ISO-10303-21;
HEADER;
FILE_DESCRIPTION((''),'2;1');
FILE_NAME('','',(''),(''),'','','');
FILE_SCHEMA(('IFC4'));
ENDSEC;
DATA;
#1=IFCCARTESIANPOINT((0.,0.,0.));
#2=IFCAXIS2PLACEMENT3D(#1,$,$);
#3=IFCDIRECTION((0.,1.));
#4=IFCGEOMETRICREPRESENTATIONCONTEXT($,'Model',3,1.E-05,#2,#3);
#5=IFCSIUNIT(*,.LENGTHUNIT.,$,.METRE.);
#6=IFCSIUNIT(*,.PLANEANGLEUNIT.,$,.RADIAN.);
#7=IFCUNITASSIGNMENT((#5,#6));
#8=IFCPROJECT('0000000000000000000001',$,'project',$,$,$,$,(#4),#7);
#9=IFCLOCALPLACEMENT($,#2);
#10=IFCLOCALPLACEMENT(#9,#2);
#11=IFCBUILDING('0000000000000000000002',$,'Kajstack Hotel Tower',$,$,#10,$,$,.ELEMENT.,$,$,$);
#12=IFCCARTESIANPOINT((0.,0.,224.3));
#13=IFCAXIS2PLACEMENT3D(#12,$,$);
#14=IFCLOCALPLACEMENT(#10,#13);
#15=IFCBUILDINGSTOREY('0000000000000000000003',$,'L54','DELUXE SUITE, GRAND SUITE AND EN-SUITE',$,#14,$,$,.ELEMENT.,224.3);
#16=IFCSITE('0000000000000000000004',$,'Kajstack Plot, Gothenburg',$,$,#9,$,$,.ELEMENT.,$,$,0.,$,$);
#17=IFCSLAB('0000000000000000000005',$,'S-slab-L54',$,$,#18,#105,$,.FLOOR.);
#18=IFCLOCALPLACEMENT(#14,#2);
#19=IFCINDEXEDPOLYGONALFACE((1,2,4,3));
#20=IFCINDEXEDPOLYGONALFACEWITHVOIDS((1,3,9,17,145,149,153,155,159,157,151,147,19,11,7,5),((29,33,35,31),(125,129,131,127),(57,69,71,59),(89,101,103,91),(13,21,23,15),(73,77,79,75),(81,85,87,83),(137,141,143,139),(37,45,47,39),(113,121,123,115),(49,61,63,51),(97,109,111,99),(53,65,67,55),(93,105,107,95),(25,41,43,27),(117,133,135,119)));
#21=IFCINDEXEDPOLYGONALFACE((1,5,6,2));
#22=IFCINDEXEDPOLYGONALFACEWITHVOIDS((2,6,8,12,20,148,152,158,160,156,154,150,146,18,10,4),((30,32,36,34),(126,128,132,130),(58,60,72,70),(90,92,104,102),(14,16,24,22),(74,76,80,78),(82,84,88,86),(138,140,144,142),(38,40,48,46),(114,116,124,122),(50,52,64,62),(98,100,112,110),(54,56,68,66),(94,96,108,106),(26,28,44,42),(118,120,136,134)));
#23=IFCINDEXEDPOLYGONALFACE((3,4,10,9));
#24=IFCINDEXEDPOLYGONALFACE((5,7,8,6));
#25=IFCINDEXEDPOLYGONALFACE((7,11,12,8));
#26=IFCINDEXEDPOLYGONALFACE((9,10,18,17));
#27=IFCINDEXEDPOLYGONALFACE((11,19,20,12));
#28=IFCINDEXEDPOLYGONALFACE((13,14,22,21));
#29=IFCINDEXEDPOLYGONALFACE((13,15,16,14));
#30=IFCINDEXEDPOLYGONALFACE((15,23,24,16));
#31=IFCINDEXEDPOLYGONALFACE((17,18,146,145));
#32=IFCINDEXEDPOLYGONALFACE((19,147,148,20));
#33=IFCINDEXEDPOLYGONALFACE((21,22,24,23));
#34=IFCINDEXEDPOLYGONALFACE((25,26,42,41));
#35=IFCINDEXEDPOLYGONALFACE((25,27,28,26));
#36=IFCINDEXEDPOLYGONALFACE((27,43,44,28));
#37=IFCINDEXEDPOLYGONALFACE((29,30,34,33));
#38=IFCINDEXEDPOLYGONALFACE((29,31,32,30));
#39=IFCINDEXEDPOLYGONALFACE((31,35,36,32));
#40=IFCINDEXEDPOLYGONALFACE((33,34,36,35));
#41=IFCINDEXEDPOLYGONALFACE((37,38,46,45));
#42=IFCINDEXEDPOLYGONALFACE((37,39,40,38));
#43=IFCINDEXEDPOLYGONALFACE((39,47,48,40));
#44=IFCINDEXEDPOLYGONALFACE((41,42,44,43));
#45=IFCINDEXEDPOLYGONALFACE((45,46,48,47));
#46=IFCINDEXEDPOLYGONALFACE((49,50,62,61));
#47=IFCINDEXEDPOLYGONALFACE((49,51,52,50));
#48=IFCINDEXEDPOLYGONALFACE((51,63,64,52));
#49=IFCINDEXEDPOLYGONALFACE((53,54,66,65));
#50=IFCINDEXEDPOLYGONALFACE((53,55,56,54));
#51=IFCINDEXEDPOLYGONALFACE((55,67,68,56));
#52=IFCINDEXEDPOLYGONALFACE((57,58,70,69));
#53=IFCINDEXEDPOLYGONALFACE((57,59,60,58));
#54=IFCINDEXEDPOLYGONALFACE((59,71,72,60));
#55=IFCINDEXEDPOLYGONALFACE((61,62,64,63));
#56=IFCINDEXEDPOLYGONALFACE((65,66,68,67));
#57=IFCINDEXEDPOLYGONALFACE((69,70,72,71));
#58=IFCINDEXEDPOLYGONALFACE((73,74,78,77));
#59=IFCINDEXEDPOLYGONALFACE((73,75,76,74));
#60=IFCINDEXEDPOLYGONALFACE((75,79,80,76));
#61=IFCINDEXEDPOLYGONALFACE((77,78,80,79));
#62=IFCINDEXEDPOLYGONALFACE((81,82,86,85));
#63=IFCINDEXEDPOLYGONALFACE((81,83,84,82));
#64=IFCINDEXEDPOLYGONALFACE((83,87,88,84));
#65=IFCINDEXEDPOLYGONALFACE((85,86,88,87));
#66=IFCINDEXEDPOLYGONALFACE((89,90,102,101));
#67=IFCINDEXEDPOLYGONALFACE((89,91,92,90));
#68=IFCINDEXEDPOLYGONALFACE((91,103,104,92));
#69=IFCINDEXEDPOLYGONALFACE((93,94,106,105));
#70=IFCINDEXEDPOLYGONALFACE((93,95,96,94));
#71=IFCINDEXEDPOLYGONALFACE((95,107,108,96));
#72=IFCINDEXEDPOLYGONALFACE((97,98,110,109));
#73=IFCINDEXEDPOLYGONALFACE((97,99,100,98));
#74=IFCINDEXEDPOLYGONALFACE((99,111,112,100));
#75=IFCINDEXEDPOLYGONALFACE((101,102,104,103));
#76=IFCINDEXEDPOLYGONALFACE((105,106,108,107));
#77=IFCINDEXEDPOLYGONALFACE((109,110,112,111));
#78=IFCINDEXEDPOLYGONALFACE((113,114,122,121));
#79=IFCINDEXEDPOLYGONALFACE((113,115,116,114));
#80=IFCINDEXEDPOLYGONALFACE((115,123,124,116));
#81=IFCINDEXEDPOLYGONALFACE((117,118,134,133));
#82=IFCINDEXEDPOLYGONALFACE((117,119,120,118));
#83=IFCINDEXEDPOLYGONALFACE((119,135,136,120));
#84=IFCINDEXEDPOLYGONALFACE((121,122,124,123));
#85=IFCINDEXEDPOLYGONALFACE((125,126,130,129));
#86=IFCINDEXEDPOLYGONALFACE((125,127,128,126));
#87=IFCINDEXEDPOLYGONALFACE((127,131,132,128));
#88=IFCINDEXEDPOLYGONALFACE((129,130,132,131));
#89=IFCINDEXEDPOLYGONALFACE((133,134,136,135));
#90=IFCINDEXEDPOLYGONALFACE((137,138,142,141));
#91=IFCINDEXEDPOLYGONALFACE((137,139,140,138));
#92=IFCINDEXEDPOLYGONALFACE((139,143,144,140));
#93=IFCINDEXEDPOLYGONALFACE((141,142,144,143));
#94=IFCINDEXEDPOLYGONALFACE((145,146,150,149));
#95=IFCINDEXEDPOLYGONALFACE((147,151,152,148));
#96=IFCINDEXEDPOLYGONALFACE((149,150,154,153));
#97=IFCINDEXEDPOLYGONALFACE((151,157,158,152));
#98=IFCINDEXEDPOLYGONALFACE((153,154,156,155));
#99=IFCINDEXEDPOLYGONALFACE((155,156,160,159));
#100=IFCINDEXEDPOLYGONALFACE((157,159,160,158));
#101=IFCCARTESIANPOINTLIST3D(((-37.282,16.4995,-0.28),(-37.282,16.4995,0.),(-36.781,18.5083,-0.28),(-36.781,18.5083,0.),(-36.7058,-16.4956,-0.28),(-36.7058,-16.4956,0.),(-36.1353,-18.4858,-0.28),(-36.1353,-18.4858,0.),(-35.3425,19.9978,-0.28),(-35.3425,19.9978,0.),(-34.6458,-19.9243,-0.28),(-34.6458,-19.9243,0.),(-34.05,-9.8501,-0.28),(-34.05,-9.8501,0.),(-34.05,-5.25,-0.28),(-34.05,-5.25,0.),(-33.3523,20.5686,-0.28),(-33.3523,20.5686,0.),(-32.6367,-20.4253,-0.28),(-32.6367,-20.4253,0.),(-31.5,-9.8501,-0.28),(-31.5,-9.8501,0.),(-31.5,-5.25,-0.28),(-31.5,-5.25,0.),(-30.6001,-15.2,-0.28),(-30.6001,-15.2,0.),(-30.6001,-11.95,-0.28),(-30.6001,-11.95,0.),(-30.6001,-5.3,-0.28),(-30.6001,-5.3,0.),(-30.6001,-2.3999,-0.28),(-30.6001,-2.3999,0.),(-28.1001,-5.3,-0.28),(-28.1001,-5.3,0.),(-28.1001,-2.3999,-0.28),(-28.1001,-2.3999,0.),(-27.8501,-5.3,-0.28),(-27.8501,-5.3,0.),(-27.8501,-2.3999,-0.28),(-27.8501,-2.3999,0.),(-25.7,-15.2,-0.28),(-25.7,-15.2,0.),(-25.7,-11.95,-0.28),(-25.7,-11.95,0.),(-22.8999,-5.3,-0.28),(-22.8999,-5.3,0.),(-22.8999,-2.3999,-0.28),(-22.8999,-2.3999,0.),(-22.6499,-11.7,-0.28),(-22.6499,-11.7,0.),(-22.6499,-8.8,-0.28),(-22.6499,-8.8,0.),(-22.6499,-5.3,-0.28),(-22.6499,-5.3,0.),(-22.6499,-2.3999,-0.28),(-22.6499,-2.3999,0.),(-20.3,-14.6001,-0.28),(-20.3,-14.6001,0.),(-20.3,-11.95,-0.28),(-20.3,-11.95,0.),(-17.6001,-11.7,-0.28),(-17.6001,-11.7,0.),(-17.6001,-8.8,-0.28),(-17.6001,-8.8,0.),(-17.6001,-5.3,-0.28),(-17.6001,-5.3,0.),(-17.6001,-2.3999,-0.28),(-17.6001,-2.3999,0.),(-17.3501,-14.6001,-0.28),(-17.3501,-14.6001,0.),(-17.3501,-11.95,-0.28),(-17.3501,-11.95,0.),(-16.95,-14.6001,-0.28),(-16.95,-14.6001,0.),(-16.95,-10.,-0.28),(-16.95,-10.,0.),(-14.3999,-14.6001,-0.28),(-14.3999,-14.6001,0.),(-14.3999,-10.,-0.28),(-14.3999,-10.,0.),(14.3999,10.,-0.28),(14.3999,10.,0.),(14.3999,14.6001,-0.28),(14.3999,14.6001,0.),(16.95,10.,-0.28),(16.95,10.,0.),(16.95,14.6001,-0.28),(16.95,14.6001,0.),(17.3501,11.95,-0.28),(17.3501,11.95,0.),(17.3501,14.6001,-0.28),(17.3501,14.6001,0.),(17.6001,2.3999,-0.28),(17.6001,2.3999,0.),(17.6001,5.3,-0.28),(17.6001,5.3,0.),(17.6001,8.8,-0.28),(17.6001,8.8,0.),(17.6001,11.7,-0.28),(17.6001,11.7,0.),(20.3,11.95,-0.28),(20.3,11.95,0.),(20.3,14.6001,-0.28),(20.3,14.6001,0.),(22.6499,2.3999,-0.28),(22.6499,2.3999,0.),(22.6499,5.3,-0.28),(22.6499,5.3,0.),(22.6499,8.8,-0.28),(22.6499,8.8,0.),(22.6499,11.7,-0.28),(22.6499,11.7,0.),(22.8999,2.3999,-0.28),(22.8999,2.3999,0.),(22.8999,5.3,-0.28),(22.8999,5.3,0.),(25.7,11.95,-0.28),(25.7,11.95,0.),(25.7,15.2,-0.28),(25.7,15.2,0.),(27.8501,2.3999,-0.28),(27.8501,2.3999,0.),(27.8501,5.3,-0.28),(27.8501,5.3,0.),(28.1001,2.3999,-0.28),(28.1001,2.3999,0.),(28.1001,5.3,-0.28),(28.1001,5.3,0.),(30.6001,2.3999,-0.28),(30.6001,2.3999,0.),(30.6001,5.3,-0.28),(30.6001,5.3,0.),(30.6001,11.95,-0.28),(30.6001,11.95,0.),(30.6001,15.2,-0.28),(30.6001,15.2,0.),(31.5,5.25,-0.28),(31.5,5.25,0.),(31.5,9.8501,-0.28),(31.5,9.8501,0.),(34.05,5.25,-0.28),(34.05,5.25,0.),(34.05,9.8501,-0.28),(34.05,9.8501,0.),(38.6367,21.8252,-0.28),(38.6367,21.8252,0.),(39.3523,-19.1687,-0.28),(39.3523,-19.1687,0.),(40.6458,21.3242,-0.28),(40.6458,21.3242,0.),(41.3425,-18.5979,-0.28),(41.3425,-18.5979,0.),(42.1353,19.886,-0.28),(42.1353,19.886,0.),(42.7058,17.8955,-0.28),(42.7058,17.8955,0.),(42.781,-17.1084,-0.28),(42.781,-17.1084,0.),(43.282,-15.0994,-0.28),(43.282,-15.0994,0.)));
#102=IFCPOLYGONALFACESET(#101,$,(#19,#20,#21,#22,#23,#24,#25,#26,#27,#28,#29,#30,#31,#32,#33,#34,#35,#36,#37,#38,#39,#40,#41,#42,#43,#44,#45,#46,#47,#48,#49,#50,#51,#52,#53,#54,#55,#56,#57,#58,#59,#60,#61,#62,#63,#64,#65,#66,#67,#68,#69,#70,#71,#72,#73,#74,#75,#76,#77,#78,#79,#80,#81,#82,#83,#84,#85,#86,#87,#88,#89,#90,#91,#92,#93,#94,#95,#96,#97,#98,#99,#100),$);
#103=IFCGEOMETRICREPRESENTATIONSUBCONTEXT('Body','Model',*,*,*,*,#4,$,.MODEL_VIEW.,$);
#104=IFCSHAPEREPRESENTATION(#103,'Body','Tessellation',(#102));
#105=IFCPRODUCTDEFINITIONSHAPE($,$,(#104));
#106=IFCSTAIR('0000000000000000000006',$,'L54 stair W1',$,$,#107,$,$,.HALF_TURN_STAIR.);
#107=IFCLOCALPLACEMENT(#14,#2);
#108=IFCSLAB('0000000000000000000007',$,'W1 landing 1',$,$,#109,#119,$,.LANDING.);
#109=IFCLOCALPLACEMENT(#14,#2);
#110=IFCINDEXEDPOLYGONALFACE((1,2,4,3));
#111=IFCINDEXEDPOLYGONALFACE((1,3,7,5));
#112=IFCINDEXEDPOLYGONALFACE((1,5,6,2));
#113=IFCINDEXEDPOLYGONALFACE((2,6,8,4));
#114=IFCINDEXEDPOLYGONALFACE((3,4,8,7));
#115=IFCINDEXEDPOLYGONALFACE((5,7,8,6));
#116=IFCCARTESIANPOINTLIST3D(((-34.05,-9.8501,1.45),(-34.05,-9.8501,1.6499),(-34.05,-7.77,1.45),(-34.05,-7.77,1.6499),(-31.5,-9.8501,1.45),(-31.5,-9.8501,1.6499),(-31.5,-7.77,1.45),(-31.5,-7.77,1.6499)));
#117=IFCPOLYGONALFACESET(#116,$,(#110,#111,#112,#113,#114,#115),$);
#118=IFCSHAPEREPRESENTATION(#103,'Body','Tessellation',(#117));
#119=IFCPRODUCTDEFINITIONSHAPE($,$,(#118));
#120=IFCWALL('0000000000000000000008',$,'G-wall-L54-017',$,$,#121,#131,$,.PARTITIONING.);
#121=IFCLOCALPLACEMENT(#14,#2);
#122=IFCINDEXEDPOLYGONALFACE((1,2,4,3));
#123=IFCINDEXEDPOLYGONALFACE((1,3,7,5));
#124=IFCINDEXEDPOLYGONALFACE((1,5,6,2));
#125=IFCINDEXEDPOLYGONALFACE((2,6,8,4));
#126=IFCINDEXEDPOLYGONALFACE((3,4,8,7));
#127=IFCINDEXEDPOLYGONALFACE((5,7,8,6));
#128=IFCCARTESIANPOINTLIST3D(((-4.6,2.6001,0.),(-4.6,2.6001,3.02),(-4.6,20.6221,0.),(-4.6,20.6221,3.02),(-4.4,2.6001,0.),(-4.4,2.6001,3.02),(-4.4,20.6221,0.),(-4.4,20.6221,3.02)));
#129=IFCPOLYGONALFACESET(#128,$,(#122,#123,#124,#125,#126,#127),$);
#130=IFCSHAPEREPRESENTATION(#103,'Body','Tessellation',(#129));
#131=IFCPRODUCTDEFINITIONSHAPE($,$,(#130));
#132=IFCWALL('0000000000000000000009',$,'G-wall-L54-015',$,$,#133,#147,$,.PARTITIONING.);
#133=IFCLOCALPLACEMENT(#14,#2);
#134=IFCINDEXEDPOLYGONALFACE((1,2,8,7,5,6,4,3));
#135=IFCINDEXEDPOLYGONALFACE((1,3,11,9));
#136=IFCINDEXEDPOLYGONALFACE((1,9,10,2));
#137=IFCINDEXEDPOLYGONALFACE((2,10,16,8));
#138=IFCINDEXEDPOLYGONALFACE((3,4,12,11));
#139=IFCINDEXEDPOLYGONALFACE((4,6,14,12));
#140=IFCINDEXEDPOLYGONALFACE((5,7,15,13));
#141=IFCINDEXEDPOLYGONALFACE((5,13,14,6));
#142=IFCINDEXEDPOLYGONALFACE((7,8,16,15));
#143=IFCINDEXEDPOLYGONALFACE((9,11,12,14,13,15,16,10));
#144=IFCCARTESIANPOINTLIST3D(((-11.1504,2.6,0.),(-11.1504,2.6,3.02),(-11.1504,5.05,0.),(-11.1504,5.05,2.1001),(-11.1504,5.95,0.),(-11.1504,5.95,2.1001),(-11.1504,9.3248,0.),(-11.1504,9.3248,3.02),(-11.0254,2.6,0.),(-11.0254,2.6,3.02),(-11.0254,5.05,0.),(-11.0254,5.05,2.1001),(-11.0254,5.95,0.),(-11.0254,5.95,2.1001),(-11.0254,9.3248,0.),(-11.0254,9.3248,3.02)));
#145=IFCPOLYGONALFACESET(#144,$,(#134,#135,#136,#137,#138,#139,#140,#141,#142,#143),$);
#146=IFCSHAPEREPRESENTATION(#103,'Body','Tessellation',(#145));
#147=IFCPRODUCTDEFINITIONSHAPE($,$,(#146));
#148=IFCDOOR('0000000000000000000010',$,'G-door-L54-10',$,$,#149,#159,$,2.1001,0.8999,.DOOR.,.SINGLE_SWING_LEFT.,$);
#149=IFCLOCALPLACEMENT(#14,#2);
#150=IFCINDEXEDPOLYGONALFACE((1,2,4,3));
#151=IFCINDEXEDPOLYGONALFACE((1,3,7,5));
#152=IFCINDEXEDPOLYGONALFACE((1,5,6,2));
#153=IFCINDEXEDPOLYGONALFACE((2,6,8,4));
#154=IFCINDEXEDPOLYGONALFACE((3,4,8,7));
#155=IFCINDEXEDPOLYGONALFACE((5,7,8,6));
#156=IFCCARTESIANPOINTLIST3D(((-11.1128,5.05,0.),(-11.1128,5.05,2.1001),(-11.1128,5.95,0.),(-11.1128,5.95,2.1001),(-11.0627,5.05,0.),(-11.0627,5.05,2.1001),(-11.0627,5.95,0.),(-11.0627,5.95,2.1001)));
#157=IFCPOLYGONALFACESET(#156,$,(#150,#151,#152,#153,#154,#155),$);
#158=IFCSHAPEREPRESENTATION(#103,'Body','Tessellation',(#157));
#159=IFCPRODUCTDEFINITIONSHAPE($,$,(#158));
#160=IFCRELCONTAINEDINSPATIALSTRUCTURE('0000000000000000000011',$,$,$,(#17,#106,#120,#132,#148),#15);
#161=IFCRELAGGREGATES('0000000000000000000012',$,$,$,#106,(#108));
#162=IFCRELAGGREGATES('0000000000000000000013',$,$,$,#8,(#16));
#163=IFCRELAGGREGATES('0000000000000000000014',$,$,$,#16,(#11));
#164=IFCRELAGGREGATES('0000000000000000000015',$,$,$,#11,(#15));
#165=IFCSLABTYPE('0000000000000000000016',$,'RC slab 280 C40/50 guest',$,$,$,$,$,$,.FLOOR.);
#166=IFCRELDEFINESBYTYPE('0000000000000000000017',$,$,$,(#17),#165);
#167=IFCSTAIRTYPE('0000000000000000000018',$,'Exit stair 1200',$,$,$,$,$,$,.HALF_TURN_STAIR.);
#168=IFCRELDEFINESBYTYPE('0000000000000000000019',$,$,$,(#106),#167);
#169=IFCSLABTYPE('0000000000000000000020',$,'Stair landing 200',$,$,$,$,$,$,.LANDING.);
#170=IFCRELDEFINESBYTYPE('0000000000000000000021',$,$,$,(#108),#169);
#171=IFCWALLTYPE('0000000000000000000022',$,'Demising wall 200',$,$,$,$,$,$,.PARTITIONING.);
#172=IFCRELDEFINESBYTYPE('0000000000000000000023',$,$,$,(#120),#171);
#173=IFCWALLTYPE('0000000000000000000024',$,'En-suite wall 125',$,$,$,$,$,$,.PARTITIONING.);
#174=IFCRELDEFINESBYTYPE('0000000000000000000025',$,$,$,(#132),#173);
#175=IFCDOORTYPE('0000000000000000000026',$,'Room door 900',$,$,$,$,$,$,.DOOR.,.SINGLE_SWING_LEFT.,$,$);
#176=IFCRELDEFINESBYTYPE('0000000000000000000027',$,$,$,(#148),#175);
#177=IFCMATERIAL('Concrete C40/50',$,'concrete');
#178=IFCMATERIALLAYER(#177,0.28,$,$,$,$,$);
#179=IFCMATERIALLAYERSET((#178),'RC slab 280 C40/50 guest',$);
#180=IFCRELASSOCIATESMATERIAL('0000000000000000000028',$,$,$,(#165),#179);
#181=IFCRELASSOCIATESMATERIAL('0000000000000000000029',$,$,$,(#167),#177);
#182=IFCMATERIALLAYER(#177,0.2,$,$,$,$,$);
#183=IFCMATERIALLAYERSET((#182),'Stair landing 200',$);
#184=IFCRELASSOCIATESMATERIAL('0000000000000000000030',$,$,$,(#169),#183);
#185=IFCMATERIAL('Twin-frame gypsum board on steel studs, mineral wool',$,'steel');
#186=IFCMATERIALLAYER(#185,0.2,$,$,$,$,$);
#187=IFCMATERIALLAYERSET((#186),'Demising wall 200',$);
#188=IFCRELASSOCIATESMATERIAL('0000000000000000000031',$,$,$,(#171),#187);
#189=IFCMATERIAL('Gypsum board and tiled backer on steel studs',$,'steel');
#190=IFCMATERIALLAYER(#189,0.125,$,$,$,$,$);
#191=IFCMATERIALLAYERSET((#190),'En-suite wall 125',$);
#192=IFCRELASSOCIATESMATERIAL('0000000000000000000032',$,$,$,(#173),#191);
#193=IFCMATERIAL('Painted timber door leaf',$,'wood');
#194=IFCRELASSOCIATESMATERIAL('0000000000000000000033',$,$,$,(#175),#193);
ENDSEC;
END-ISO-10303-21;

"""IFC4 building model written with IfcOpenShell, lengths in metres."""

from ifc_helpers import new_model, si_unit, direction, frame, frame_2d, origin, place, context, subcontext, project, spatial, polyline, rectangle, outline, extrude, material, layer, layer_set, type_object, element, fill, aggregate, save


model = new_model("IFC4")

# Units and contexts
model_context = context("Model", 3, precision=1e-05, world=origin(), true_north=direction((0.0, 1.0)))
body_context = subcontext(model_context, "Body", "Model", "MODEL_VIEW")
ifc_project = project(units=[si_unit("LENGTHUNIT", "METRE"), si_unit("PLANEANGLEUNIT", "RADIAN")], contexts=[model_context])

# Site, building, storey
site_placement = place(None, origin())
site = spatial("IfcSite", under=ifc_project, at=site_placement, Name="Kajstack Plot, Gothenburg", CompositionType="ELEMENT", RefElevation=0.0)
building_placement = place(site_placement, origin())
building = spatial("IfcBuilding", under=site, at=building_placement, Name="Kajstack Hotel Tower", CompositionType="ELEMENT")
storey_placement = place(building_placement, frame((0.0, 0.0, 224.3)))
storey = spatial("IfcBuildingStorey", under=building, at=storey_placement, Name="L54", Description="DELUXE SUITE, GRAND SUITE AND EN-SUITE", CompositionType="ELEMENT", Elevation=224.3)

# Slab
ifc_material_1 = material(Name="Concrete C40/50", Category="concrete")
ifc_layer_1 = layer(ifc_material_1, 0.28)
ifc_layer_set_1 = layer_set([ifc_layer_1], Name="RC slab 280 C40/50 guest")
slab_type_1 = type_object("IfcSlabType", Name="RC slab 280 C40/50 guest", PredefinedType="FLOOR", material=ifc_layer_set_1)
slab_1_placement = place(storey_placement, frame((0.0, 0.0, -0.28)))
element("IfcSlab", 1, at=slab_1_placement, inside=storey, type_object=slab_type_1, Name="S-slab-L54", PredefinedType="FLOOR", context=body_context, shape_type="SweptSolid", body=[
    extrude(outline(polyline([(-37.282, 16.4995), (-36.7058, -16.4956), (-36.1353, -18.4858), (-34.6458, -19.9243), (-32.6367, -20.4253), (39.3523, -19.1687), (41.3425, -18.5979), (42.781, -17.1084), (43.282, -15.0994), (42.7058, 17.8955), (42.1353, 19.886), (40.6458, 21.3242), (38.6367, 21.8252), (-33.3523, 20.5686), (-35.3425, 19.9978), (-36.781, 18.5083), (-37.282, 16.4995)]), holes=[polyline([(-22.6499, -11.7), (-22.6499, -8.8), (-17.6001, -8.8), (-17.6001, -11.7), (-22.6499, -11.7)]), polyline([(-27.8501, -5.3), (-27.8501, -2.3999), (-22.8999, -2.3999), (-22.8999, -5.3), (-27.8501, -5.3)]), polyline([(-22.6499, -5.3), (-22.6499, -2.3999), (-17.6001, -2.3999), (-17.6001, -5.3), (-22.6499, -5.3)]), polyline([(-20.3, -14.6001), (-17.3501, -14.6001), (-17.3501, -11.95), (-20.3, -11.95), (-20.3, -14.6001)]), polyline([(-30.6001, -5.3), (-28.1001, -5.3), (-28.1001, -2.3999), (-30.6001, -2.3999), (-30.6001, -5.3)]), polyline([(17.6001, 8.8), (17.6001, 11.7), (22.6499, 11.7), (22.6499, 8.8), (17.6001, 8.8)]), polyline([(22.8999, 2.3999), (22.8999, 5.3), (27.8501, 5.3), (27.8501, 2.3999), (22.8999, 2.3999)]), polyline([(17.6001, 2.3999), (17.6001, 5.3), (22.6499, 5.3), (22.6499, 2.3999), (17.6001, 2.3999)]), polyline([(20.3, 14.6001), (17.3501, 14.6001), (17.3501, 11.95), (20.3, 11.95), (20.3, 14.6001)]), polyline([(30.6001, 5.3), (28.1001, 5.3), (28.1001, 2.3999), (30.6001, 2.3999), (30.6001, 5.3)]), polyline([(-34.05, -9.8501), (-31.5, -9.8501), (-31.5, -5.25), (-34.05, -5.25), (-34.05, -9.8501)]), polyline([(-16.95, -14.6001), (-14.3999, -14.6001), (-14.3999, -10.0), (-16.95, -10.0), (-16.95, -14.6001)]), polyline([(-30.6001, -15.2), (-25.7, -15.2), (-25.7, -11.95), (-30.6001, -11.95), (-30.6001, -15.2)]), polyline([(34.05, 9.8501), (31.5, 9.8501), (31.5, 5.25), (34.05, 5.25), (34.05, 9.8501)]), polyline([(16.95, 14.6001), (14.3999, 14.6001), (14.3999, 10.0), (16.95, 10.0), (16.95, 14.6001)]), polyline([(30.6001, 15.2), (25.7, 15.2), (25.7, 11.95), (30.6001, 11.95), (30.6001, 15.2)])]), origin(), (0.0, 0.0, 1.0), 0.28),
])

# Stair, slab
stair_type = type_object("IfcStairType", Name="Exit stair 1200", PredefinedType="HALF_TURN_STAIR", material=ifc_material_1)
stair_placement = place(storey_placement, origin())
stair = element("IfcStair", 2, at=stair_placement, inside=storey, type_object=stair_type, Name="L54 stair W1", PredefinedType="HALF_TURN_STAIR")
ifc_layer_2 = layer(ifc_material_1, 0.2)
ifc_layer_set_2 = layer_set([ifc_layer_2], Name="Stair landing 200")
slab_type_2 = type_object("IfcSlabType", Name="Stair landing 200", PredefinedType="LANDING", material=ifc_layer_set_2)
slab_2_placement = place(storey_placement, frame((0.0, 0.0, 1.45)))
slab_2 = element("IfcSlab", 3, at=slab_2_placement, type_object=slab_type_2, Name="W1 landing 1", PredefinedType="LANDING", context=body_context, shape_type="SweptSolid", body=[
    extrude(outline(polyline([(-34.05, -7.77), (-34.05, -9.8501), (-31.5, -9.8501), (-31.5, -7.77), (-34.05, -7.77)])), origin(), (0.0, 0.0, 1.0), 0.2),
])
aggregate(stair, [slab_2])

# Wall
ifc_material_2 = material(Name="Twin-frame gypsum board on steel studs, mineral wool", Category="steel")
ifc_layer_3 = layer(ifc_material_2, 0.2)
ifc_layer_set_3 = layer_set([ifc_layer_3], Name="Demising wall 200")
wall_type_1 = type_object("IfcWallType", Name="Demising wall 200", PredefinedType="PARTITIONING", material=ifc_layer_set_3)
wall_1_placement = place(storey_placement, frame((-4.5, 2.6001, 0.0), z_axis=(0.0, 0.0, 1.0), x_axis=(0.0, 1.0, 0.0)))
element("IfcWall", 4, at=wall_1_placement, inside=storey, type_object=wall_type_1, Name="G-wall-L54-017", PredefinedType="PARTITIONING", context=body_context, shape_type="SweptSolid", body=[
    extrude(rectangle(XDim=18.022, YDim=0.2, at=frame_2d((9.011, 0.0))), origin(), (0.0, 0.0, 1.0), 3.02),
])

# Wall, opening, door
ifc_material_3 = material(Name="Gypsum board and tiled backer on steel studs", Category="steel")
ifc_layer_4 = layer(ifc_material_3, 0.125)
ifc_layer_set_4 = layer_set([ifc_layer_4], Name="En-suite wall 125")
wall_type_2 = type_object("IfcWallType", Name="En-suite wall 125", PredefinedType="PARTITIONING", material=ifc_layer_set_4)
wall_2_placement = place(storey_placement, frame((-11.0879, 2.6001, 0.0), z_axis=(0.0, 0.0, 1.0), x_axis=(0.0, 1.0, 0.0)))
wall_2 = element("IfcWall", 5, at=wall_2_placement, inside=storey, type_object=wall_type_2, Name="G-wall-L54-015", PredefinedType="PARTITIONING", context=body_context, shape_type="SweptSolid", body=[
    extrude(rectangle(XDim=6.7249, YDim=0.125, at=frame_2d((3.3623, 0.0))), origin(), (0.0, 0.0, 1.0), 3.02),
])
opening_1_placement = place(wall_2_placement, frame((2.45, 0.0, 0.0)))
opening_1 = element("IfcOpeningElement", 6, at=opening_1_placement, cuts=wall_2, PredefinedType="OPENING", context=body_context, shape_type="SweptSolid", body=[
    extrude(rectangle(XDim=0.8999, YDim=2.1001, at=frame_2d((0.45, 1.05))), frame((0.0, 0.0725, 0.0), z_axis=(0.0, -1.0, 0.0), x_axis=(1.0, 0.0, 0.0)), (0.0, 0.0, 1.0), 0.145),
])
ifc_material_4 = material(Name="Painted timber door leaf", Category="wood")
door_type = type_object("IfcDoorType", Name="Room door 900", OperationType="SINGLE_SWING_LEFT", PredefinedType="DOOR", material=ifc_material_4)
door_1_placement = place(opening_1_placement, origin())
door_1 = element("IfcDoor", 7, at=door_1_placement, inside=storey, type_object=door_type, Name="G-door-L54-10", OperationType="SINGLE_SWING_LEFT", OverallHeight=2.1001, OverallWidth=0.8999, PredefinedType="DOOR", context=body_context, shape_type="SweptSolid", body=[
    extrude(rectangle(XDim=0.8999, YDim=2.1001, at=frame_2d((0.45, 1.05))), frame((0.0, 0.0249, 0.0), z_axis=(0.0, -1.0, 0.0), x_axis=(1.0, 0.0, 0.0)), (0.0, 0.0, 1.0), 0.05),
])
fill(opening_1, door_1)

save(model, "model.ifc")
